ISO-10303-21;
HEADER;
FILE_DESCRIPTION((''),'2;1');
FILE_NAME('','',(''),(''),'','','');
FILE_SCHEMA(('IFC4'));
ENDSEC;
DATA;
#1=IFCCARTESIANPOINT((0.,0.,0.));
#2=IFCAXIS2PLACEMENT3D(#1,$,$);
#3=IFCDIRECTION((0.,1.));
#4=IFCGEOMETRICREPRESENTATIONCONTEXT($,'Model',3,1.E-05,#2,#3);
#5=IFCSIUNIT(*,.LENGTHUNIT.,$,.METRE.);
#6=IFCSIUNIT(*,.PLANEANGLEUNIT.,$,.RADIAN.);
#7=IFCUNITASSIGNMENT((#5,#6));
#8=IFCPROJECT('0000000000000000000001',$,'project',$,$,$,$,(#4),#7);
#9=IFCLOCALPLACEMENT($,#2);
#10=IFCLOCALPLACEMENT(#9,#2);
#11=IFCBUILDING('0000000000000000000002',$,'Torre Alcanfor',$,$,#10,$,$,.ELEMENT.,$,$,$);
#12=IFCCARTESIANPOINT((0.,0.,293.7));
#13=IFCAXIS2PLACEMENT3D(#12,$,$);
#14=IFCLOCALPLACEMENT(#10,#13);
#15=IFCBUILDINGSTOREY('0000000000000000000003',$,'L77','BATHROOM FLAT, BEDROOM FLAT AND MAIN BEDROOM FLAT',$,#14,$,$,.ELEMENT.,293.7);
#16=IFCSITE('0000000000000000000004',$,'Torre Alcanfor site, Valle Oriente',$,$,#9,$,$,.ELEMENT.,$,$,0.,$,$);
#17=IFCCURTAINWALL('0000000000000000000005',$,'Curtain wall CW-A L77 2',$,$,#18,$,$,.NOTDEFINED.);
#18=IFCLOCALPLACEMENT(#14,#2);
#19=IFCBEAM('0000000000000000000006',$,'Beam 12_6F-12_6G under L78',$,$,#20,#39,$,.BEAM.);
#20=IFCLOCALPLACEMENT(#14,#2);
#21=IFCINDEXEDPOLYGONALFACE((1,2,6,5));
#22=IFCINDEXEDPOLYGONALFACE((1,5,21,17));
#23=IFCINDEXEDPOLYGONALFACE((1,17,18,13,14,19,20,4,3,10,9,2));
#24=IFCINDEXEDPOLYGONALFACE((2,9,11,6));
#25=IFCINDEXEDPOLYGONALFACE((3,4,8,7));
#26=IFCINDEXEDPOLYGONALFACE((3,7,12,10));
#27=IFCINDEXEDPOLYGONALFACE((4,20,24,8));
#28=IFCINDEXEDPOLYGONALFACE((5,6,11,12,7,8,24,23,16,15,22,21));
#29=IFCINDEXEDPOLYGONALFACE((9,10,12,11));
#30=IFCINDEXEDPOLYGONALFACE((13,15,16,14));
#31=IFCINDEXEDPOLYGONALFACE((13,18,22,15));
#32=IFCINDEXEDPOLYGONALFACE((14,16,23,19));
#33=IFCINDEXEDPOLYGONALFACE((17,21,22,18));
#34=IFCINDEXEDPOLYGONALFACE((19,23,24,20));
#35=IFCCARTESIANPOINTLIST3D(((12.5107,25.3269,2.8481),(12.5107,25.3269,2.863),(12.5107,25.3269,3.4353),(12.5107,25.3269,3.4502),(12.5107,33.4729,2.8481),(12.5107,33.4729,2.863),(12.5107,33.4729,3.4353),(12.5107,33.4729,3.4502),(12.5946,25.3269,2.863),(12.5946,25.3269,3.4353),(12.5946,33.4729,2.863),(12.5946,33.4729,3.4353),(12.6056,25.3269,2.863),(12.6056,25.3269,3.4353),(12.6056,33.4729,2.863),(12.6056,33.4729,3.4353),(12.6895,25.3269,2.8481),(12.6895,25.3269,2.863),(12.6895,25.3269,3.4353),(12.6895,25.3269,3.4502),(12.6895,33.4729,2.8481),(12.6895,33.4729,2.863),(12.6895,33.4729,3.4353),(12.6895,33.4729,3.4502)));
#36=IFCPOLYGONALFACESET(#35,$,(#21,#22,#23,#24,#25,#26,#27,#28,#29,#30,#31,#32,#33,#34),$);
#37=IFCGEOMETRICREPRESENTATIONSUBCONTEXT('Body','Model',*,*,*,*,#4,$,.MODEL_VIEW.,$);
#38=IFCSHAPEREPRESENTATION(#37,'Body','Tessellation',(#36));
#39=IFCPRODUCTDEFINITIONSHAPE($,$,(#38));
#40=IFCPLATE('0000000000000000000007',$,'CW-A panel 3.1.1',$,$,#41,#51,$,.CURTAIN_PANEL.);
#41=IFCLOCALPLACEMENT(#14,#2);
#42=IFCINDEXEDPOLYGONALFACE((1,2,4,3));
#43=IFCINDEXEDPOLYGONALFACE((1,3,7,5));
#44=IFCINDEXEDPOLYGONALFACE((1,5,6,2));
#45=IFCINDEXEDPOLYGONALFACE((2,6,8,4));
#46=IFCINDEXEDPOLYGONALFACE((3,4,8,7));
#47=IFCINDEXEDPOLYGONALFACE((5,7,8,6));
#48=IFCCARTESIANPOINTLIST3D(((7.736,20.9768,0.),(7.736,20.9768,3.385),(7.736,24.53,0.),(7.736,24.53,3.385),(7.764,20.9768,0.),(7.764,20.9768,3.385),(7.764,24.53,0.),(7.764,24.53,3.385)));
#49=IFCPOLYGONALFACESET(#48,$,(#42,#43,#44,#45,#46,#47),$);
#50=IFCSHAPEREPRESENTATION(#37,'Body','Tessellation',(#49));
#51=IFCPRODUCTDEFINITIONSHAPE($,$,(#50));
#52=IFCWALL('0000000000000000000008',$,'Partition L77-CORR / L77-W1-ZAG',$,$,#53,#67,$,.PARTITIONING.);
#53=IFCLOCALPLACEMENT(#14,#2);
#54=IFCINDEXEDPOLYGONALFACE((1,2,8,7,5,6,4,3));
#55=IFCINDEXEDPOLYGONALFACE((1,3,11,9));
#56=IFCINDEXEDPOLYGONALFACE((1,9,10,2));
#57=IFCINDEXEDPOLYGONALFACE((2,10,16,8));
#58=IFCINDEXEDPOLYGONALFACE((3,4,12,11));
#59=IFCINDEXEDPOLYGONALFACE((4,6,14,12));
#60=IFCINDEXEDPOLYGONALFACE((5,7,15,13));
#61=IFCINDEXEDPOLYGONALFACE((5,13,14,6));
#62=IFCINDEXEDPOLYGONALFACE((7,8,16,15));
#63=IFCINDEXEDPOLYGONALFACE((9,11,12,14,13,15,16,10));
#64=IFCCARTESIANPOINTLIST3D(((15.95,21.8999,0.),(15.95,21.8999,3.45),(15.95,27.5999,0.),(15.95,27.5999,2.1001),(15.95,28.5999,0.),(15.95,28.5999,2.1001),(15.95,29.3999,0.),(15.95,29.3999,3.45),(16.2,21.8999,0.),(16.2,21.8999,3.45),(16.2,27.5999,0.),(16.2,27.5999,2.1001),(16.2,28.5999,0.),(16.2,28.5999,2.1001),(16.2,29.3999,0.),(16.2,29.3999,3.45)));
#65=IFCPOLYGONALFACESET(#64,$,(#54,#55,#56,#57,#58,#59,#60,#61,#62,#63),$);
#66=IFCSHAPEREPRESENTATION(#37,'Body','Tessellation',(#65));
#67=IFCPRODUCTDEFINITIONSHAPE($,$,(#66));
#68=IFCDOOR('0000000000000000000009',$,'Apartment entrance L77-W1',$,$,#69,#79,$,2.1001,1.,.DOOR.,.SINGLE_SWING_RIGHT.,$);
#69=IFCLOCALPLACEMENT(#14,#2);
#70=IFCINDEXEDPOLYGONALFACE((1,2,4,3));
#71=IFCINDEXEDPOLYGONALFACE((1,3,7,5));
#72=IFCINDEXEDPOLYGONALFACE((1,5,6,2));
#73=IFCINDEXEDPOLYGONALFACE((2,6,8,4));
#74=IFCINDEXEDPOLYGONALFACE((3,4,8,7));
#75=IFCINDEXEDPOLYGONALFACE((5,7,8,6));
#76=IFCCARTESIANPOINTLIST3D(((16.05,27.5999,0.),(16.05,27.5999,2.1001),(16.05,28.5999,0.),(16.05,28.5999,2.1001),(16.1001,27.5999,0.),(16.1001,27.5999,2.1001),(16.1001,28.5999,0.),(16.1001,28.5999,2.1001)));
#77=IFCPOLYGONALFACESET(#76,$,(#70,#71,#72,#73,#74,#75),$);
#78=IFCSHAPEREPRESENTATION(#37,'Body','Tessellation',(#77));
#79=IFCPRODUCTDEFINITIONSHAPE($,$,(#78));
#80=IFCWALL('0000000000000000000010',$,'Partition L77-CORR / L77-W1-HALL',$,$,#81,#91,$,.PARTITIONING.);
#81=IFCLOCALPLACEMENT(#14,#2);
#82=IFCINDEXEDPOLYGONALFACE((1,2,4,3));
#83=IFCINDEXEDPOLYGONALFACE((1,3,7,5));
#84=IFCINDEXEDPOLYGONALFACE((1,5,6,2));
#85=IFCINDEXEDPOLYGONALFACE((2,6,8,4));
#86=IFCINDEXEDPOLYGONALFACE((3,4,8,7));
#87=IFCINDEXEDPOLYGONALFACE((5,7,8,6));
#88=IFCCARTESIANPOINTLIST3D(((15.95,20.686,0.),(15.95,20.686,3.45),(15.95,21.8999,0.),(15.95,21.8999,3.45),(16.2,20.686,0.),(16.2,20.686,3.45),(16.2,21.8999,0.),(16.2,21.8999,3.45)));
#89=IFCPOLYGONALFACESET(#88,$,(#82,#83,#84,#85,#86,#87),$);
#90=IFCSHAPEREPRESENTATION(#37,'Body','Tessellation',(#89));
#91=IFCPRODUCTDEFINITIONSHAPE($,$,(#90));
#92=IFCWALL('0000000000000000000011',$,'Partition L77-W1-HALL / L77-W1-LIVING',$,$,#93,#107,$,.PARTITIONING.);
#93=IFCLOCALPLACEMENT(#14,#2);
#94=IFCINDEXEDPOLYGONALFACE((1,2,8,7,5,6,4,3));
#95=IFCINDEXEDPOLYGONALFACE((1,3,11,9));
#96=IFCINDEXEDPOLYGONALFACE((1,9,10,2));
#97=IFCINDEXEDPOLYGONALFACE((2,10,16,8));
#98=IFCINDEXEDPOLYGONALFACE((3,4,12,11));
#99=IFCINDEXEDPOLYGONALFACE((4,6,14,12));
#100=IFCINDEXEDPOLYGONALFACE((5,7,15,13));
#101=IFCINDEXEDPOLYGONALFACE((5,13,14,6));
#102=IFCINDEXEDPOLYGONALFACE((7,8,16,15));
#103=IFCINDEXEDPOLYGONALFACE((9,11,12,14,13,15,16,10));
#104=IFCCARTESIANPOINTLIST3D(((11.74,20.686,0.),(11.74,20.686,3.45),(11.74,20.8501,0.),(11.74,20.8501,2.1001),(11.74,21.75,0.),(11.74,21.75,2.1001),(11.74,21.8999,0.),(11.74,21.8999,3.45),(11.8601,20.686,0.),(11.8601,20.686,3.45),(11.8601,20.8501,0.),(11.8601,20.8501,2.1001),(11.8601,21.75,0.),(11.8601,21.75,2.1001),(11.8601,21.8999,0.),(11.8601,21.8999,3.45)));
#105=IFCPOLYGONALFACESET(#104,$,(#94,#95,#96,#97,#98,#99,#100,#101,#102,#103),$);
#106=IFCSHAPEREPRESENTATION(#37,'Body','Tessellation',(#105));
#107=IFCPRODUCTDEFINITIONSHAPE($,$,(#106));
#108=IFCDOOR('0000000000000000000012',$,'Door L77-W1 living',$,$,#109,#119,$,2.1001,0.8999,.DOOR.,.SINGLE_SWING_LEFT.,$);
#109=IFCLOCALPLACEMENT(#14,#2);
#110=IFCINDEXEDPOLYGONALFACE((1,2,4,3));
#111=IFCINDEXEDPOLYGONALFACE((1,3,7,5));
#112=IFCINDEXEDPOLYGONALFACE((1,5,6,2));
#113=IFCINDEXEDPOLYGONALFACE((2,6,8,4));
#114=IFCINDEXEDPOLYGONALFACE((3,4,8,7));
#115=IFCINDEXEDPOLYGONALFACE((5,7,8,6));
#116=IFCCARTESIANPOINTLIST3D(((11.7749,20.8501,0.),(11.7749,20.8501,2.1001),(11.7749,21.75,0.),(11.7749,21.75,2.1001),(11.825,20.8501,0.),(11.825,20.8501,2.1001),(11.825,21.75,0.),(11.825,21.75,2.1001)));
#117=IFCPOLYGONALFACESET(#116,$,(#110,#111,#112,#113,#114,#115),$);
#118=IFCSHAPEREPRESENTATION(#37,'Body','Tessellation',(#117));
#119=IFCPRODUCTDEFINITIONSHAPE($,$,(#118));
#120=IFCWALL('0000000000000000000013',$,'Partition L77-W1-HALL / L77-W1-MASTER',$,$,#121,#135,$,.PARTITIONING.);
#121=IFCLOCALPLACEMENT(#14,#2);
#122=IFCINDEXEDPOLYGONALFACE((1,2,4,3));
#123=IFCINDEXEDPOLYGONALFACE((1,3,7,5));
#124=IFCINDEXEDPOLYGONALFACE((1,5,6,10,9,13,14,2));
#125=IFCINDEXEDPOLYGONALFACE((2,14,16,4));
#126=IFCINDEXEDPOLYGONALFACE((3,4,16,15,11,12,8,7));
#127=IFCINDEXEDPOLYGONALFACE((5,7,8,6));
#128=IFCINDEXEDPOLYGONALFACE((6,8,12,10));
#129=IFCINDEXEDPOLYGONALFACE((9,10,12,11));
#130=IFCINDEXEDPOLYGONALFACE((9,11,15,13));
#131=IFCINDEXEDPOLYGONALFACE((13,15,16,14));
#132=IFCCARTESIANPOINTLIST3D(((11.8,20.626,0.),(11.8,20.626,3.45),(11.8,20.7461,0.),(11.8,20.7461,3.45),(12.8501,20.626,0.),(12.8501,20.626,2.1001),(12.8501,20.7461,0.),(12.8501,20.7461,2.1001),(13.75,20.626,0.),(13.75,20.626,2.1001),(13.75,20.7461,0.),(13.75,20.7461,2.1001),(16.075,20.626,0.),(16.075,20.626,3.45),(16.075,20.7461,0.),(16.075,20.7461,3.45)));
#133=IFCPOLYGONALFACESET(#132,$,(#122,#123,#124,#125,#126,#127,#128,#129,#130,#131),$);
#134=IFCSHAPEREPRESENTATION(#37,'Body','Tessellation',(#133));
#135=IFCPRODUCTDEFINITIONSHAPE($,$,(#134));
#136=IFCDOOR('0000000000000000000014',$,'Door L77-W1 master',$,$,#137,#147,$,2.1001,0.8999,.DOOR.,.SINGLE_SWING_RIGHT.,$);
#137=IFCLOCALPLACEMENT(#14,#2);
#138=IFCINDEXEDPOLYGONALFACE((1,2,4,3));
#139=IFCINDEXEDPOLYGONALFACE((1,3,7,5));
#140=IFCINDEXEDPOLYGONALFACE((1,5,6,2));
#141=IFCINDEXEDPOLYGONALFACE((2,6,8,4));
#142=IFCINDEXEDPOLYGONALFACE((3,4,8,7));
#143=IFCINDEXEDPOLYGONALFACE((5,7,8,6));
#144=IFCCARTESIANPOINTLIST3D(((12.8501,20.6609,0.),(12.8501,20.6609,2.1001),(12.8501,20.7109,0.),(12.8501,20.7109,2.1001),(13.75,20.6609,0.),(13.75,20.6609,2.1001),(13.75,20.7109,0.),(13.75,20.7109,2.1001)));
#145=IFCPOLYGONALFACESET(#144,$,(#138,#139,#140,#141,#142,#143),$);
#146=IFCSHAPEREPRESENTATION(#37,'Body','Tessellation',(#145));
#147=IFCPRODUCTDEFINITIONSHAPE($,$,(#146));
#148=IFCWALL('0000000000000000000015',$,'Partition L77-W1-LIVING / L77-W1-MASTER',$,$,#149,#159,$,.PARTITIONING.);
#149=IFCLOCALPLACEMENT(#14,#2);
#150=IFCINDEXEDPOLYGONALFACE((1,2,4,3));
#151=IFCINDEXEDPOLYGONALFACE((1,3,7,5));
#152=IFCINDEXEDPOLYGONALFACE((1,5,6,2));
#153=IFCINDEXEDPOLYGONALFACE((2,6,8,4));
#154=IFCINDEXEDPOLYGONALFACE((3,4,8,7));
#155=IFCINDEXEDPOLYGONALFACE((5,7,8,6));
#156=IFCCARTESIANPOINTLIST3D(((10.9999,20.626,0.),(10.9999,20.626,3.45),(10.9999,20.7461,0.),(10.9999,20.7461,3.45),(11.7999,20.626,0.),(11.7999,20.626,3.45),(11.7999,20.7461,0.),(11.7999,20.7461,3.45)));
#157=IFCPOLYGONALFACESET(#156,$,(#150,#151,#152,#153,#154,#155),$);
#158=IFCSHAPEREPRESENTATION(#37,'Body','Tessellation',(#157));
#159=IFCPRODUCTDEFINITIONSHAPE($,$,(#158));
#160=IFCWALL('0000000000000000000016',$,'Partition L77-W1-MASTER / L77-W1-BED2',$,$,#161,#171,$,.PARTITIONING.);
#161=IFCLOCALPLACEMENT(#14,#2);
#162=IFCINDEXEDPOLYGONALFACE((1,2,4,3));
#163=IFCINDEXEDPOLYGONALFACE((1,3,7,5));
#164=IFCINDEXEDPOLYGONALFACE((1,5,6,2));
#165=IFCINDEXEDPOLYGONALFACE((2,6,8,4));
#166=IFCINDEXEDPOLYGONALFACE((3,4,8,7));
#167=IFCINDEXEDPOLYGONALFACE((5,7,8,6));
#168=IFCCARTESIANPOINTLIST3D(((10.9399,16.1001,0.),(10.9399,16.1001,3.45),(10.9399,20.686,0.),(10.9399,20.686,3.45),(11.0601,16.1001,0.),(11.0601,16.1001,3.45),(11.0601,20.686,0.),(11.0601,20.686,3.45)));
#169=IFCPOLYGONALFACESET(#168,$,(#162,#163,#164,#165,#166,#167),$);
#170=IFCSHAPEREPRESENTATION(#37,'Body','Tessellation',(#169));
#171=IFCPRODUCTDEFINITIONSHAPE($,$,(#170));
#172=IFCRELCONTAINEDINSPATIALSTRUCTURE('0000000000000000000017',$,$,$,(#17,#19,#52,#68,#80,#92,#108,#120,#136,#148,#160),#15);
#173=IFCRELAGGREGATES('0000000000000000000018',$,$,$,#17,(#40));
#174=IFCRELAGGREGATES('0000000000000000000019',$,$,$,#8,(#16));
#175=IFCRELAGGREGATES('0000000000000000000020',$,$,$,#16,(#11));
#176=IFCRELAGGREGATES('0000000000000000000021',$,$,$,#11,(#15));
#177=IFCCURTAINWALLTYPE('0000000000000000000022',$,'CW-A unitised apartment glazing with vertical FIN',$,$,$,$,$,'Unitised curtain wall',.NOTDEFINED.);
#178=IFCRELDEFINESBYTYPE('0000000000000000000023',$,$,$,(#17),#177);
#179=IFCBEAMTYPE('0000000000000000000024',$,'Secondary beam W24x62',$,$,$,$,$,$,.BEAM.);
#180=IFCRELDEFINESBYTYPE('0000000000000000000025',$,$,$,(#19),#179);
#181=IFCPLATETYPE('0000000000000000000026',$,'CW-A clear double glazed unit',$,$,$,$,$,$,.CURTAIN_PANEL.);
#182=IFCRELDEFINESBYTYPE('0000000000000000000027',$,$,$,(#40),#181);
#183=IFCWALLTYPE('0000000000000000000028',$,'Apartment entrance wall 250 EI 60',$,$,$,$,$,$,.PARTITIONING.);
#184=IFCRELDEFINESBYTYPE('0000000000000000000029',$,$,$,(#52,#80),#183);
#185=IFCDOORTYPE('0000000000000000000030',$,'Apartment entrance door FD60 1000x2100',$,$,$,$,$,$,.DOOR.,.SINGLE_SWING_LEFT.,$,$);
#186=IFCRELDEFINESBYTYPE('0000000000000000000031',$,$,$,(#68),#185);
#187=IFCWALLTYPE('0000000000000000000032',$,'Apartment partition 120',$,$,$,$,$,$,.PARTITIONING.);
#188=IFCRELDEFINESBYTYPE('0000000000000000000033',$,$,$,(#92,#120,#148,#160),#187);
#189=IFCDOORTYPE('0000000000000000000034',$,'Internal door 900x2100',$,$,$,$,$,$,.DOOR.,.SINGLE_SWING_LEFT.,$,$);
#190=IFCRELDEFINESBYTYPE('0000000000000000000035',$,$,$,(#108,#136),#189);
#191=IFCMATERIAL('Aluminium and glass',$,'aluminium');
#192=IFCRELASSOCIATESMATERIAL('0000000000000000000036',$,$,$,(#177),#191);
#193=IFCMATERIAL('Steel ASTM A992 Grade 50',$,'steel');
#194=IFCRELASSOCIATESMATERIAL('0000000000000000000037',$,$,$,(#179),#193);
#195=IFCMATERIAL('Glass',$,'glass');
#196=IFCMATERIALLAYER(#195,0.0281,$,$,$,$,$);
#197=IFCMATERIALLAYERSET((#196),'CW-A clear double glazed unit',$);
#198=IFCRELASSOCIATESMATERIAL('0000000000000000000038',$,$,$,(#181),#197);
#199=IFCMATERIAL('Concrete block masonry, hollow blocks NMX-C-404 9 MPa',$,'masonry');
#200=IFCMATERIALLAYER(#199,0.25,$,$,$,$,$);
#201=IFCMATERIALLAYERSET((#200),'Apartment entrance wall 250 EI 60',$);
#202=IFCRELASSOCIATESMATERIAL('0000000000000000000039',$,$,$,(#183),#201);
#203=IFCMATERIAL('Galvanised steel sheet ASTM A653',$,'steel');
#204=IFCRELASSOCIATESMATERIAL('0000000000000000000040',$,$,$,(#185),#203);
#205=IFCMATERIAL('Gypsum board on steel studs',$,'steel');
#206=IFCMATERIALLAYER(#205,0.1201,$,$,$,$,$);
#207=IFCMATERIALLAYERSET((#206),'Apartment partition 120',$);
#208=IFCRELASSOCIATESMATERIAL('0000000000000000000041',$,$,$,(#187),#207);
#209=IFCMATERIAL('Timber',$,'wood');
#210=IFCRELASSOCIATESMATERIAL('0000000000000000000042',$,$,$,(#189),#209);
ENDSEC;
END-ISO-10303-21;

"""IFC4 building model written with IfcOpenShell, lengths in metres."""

from ifc_helpers import new_model, si_unit, direction, frame, frame_2d, origin, origin_2d, place, context, subcontext, project, spatial, rectangle, i_section, extrude, material, layer, layer_set, material_profile, profile_set, type_object, element, fill, aggregate, save


model = new_model("IFC4")

# Units and contexts
model_context = context("Model", 3, precision=1e-05, world=origin(), true_north=direction((0.0, 1.0)))
body_context = subcontext(model_context, "Body", "Model", "MODEL_VIEW")
ifc_project = project(units=[si_unit("LENGTHUNIT", "METRE"), si_unit("PLANEANGLEUNIT", "RADIAN")], contexts=[model_context])

# Site, building, storey
site_placement = place(None, origin())
site = spatial("IfcSite", under=ifc_project, at=site_placement, Name="Torre Alcanfor site, Valle Oriente", CompositionType="ELEMENT", RefElevation=0.0)
building_placement = place(site_placement, origin())
building = spatial("IfcBuilding", under=site, at=building_placement, Name="Torre Alcanfor", CompositionType="ELEMENT")
storey_placement = place(building_placement, frame((0.0, 0.0, 293.7)))
storey = spatial("IfcBuildingStorey", under=building, at=storey_placement, Name="L77", Description="BATHROOM FLAT, BEDROOM FLAT AND MAIN BEDROOM FLAT", CompositionType="ELEMENT", Elevation=293.7)

# Curtain wall
ifc_material_1 = material(Name="Aluminium and glass", Category="aluminium")
curtain_wall_type = type_object("IfcCurtainWallType", Name="CW-A unitised apartment glazing with vertical FIN", ElementType="Unitised curtain wall", PredefinedType="NOTDEFINED", material=ifc_material_1)
curtain_wall_placement = place(storey_placement, origin())
curtain_wall = element("IfcCurtainWall", 1, at=curtain_wall_placement, inside=storey, type_object=curtain_wall_type, Name="Curtain wall CW-A L77 2", PredefinedType="NOTDEFINED")

# Beam
ifc_material_2 = material(Name="Steel ASTM A992 Grade 50", Category="steel")
ifc_material_profile_1 = material_profile(ifc_material_2, i_section(OverallWidth=0.1787, OverallDepth=0.6021, WebThickness=0.011, FlangeThickness=0.0149, at=origin_2d()), Name="W24x62")
ifc_profile_set_1 = profile_set([ifc_material_profile_1], Name="Steel ASTM A992 Grade 50")
beam_type_1 = type_object("IfcBeamType", Name="Secondary beam W24x62", PredefinedType="BEAM", material=ifc_profile_set_1)
beam_1_placement = place(storey_placement, frame((12.6001, 25.3269, 3.1492), z_axis=(0.0, 1.0, 0.0), x_axis=(-1.0, 0.0, 0.0)))
element("IfcBeam", 2, at=beam_1_placement, inside=storey, type_object=beam_type_1, Name="Beam 12_6F-12_6G under L78", PredefinedType="BEAM", context=body_context, shape_type="SweptSolid", body=[
    extrude(i_section(OverallWidth=0.1787, OverallDepth=0.6021, WebThickness=0.011, FlangeThickness=0.0149, at=origin_2d()), origin(), (0.0, 0.0, 1.0), 8.146),
])

# Plate
ifc_material_3 = material(Name="Glass", Category="glass")
ifc_layer_1 = layer(ifc_material_3, 0.0281)
ifc_layer_set_1 = layer_set([ifc_layer_1], Name="CW-A clear double glazed unit")
plate_type = type_object("IfcPlateType", Name="CW-A clear double glazed unit", PredefinedType="CURTAIN_PANEL", material=ifc_layer_set_1)
plate_placement = place(storey_placement, frame((7.75, 22.7534, 0.0), z_axis=(0.0, 0.0, 1.0), x_axis=(0.0, -1.0, 0.0)))
plate = element("IfcPlate", 3, at=plate_placement, type_object=plate_type, Name="CW-A panel 3.1.1", PredefinedType="CURTAIN_PANEL", context=body_context, shape_type="SweptSolid", body=[
    extrude(rectangle(XDim=3.5532, YDim=0.0281, at=origin_2d()), origin(), (0.0, 0.0, 1.0), 3.385),
])
aggregate(curtain_wall, [plate])

# Wall, opening, door
ifc_material_4 = material(Name="Concrete block masonry, hollow blocks NMX-C-404 9 MPa", Category="masonry")
ifc_layer_2 = layer(ifc_material_4, 0.25)
ifc_layer_set_2 = layer_set([ifc_layer_2], Name="Apartment entrance wall 250 EI 60")
wall_type_1 = type_object("IfcWallType", Name="Apartment entrance wall 250 EI 60", PredefinedType="PARTITIONING", material=ifc_layer_set_2)
wall_1_placement = place(storey_placement, frame((16.075, 21.8999, 0.0), z_axis=(0.0, 0.0, 1.0), x_axis=(0.0, 1.0, 0.0)))
wall_1 = element("IfcWall", 4, at=wall_1_placement, inside=storey, type_object=wall_type_1, Name="Partition L77-CORR / L77-W1-ZAG", PredefinedType="PARTITIONING", context=body_context, shape_type="SweptSolid", body=[
    extrude(rectangle(XDim=7.5, YDim=0.25, at=frame_2d((3.75, 0.0))), origin(), (0.0, 0.0, 1.0), 3.45),
])
opening_1_placement = place(wall_1_placement, frame((5.7, 0.0, 0.0)))
opening_1 = element("IfcOpeningElement", 5, at=opening_1_placement, cuts=wall_1, PredefinedType="OPENING", context=body_context, shape_type="SweptSolid", body=[
    extrude(rectangle(XDim=1.0, YDim=2.1001, at=frame_2d((0.5, 1.05))), frame((0.0, 0.135, 0.0), z_axis=(0.0, -1.0, 0.0), x_axis=(1.0, 0.0, 0.0)), (0.0, 0.0, 1.0), 0.27),
])
ifc_material_5 = material(Name="Galvanised steel sheet ASTM A653", Category="steel")
door_type_1 = type_object("IfcDoorType", Name="Apartment entrance door FD60 1000x2100", OperationType="SINGLE_SWING_LEFT", PredefinedType="DOOR", material=ifc_material_5)
door_1_placement = place(opening_1_placement, origin())
door_1 = element("IfcDoor", 6, at=door_1_placement, inside=storey, type_object=door_type_1, Name="Apartment entrance L77-W1", OperationType="SINGLE_SWING_RIGHT", OverallHeight=2.1001, OverallWidth=1.0, PredefinedType="DOOR", context=body_context, shape_type="SweptSolid", body=[
    extrude(rectangle(XDim=1.0, YDim=2.1001, at=frame_2d((0.5, 1.05))), frame((0.0, 0.0249, 0.0), z_axis=(0.0, -1.0, 0.0), x_axis=(1.0, 0.0, 0.0)), (0.0, 0.0, 1.0), 0.05),
])
fill(opening_1, door_1)

# Wall
wall_2_placement = place(storey_placement, frame((16.075, 20.686, 0.0), z_axis=(0.0, 0.0, 1.0), x_axis=(0.0, 1.0, 0.0)))
element("IfcWall", 7, at=wall_2_placement, inside=storey, type_object=wall_type_1, Name="Partition L77-CORR / L77-W1-HALL", PredefinedType="PARTITIONING", context=body_context, shape_type="SweptSolid", body=[
    extrude(rectangle(XDim=1.2139, YDim=0.25, at=frame_2d((0.6069, 0.0))), origin(), (0.0, 0.0, 1.0), 3.45),
])

# Walls, openings, doors
ifc_material_6 = material(Name="Gypsum board on steel studs", Category="steel")
ifc_layer_3 = layer(ifc_material_6, 0.1201)
ifc_layer_set_3 = layer_set([ifc_layer_3], Name="Apartment partition 120")
wall_type_2 = type_object("IfcWallType", Name="Apartment partition 120", PredefinedType="PARTITIONING", material=ifc_layer_set_3)
wall_3_placement = place(storey_placement, frame((11.8, 21.8999, 0.0), z_axis=(0.0, 0.0, 1.0), x_axis=(0.0, -1.0, 0.0)))
wall_3 = element("IfcWall", 8, at=wall_3_placement, inside=storey, type_object=wall_type_2, Name="Partition L77-W1-HALL / L77-W1-LIVING", PredefinedType="PARTITIONING", context=body_context, shape_type="SweptSolid", body=[
    extrude(rectangle(XDim=1.2139, YDim=0.1201, at=frame_2d((0.6069, 0.0))), origin(), (0.0, 0.0, 1.0), 3.45),
])
opening_2_placement = place(wall_3_placement, frame((0.1499, 0.0, 0.0)))
opening_2 = element("IfcOpeningElement", 9, at=opening_2_placement, cuts=wall_3, PredefinedType="OPENING", context=body_context, shape_type="SweptSolid", body=[
    extrude(rectangle(XDim=0.8999, YDim=2.1001, at=frame_2d((0.45, 1.05))), frame((0.0, 0.0701, 0.0), z_axis=(0.0, -1.0, 0.0), x_axis=(1.0, 0.0, 0.0)), (0.0, 0.0, 1.0), 0.1401),
])
ifc_material_7 = material(Name="Timber", Category="wood")
door_type_2 = type_object("IfcDoorType", Name="Internal door 900x2100", OperationType="SINGLE_SWING_LEFT", PredefinedType="DOOR", material=ifc_material_7)
door_2_placement = place(opening_2_placement, frame((0.8999, 0.0, 0.0), z_axis=(0.0, 0.0, 1.0), x_axis=(-1.0, 0.0, 0.0)))
door_2 = element("IfcDoor", 10, at=door_2_placement, inside=storey, type_object=door_type_2, Name="Door L77-W1 living", OperationType="SINGLE_SWING_LEFT", OverallHeight=2.1001, OverallWidth=0.8999, PredefinedType="DOOR", context=body_context, shape_type="SweptSolid", body=[
    extrude(rectangle(XDim=0.8999, YDim=2.1001, at=frame_2d((0.45, 1.05))), frame((0.0, 0.0251, 0.0), z_axis=(0.0, -1.0, 0.0), x_axis=(1.0, 0.0, 0.0)), (0.0, 0.0, 1.0), 0.05),
])
fill(opening_2, door_2)
wall_4_placement = place(storey_placement, frame((11.8, 20.686, 0.0), z_axis=(0.0, 0.0, 1.0), x_axis=(1.0, 0.0, 0.0)))
wall_4 = element("IfcWall", 11, at=wall_4_placement, inside=storey, type_object=wall_type_2, Name="Partition L77-W1-HALL / L77-W1-MASTER", PredefinedType="PARTITIONING", context=body_context, shape_type="SweptSolid", body=[
    extrude(rectangle(XDim=4.2749, YDim=0.1201, at=frame_2d((2.1375, 0.0))), origin(), (0.0, 0.0, 1.0), 3.45),
])
opening_3_placement = place(wall_4_placement, frame((1.05, 0.0, 0.0)))
opening_3 = element("IfcOpeningElement", 12, at=opening_3_placement, cuts=wall_4, PredefinedType="OPENING", context=body_context, shape_type="SweptSolid", body=[
    extrude(rectangle(XDim=0.8999, YDim=2.1001, at=frame_2d((0.45, 1.05))), frame((0.0, 0.0701, 0.0), z_axis=(0.0, -1.0, 0.0), x_axis=(1.0, 0.0, 0.0)), (0.0, 0.0, 1.0), 0.1401),
])
door_3_placement = place(opening_3_placement, frame((0.8999, 0.0, 0.0), z_axis=(0.0, 0.0, 1.0), x_axis=(-1.0, 0.0, 0.0)))
door_3 = element("IfcDoor", 13, at=door_3_placement, inside=storey, type_object=door_type_2, Name="Door L77-W1 master", OperationType="SINGLE_SWING_RIGHT", OverallHeight=2.1001, OverallWidth=0.8999, PredefinedType="DOOR", context=body_context, shape_type="SweptSolid", body=[
    extrude(rectangle(XDim=0.8999, YDim=2.1001, at=frame_2d((0.45, 1.05))), frame((0.0, 0.0251, 0.0), z_axis=(0.0, -1.0, 0.0), x_axis=(1.0, 0.0, 0.0)), (0.0, 0.0, 1.0), 0.05),
])
fill(opening_3, door_3)

# Walls
wall_5_placement = place(storey_placement, frame((11.0, 20.686, 0.0), z_axis=(0.0, 0.0, 1.0), x_axis=(1.0, 0.0, 0.0)))
element("IfcWall", 14, at=wall_5_placement, inside=storey, type_object=wall_type_2, Name="Partition L77-W1-LIVING / L77-W1-MASTER", PredefinedType="PARTITIONING", context=body_context, shape_type="SweptSolid", body=[
    extrude(rectangle(XDim=0.8, YDim=0.1201, at=frame_2d((0.3999, 0.0))), origin(), (0.0, 0.0, 1.0), 3.45),
])
wall_6_placement = place(storey_placement, frame((11.0, 20.686, 0.0), z_axis=(0.0, 0.0, 1.0), x_axis=(0.0, -1.0, 0.0)))
element("IfcWall", 15, at=wall_6_placement, inside=storey, type_object=wall_type_2, Name="Partition L77-W1-MASTER / L77-W1-BED2", PredefinedType="PARTITIONING", context=body_context, shape_type="SweptSolid", body=[
    extrude(rectangle(XDim=4.5859, YDim=0.1201, at=frame_2d((2.293, 0.0))), origin(), (0.0, 0.0, 1.0), 3.45),
])

save(model, "model.ifc")
